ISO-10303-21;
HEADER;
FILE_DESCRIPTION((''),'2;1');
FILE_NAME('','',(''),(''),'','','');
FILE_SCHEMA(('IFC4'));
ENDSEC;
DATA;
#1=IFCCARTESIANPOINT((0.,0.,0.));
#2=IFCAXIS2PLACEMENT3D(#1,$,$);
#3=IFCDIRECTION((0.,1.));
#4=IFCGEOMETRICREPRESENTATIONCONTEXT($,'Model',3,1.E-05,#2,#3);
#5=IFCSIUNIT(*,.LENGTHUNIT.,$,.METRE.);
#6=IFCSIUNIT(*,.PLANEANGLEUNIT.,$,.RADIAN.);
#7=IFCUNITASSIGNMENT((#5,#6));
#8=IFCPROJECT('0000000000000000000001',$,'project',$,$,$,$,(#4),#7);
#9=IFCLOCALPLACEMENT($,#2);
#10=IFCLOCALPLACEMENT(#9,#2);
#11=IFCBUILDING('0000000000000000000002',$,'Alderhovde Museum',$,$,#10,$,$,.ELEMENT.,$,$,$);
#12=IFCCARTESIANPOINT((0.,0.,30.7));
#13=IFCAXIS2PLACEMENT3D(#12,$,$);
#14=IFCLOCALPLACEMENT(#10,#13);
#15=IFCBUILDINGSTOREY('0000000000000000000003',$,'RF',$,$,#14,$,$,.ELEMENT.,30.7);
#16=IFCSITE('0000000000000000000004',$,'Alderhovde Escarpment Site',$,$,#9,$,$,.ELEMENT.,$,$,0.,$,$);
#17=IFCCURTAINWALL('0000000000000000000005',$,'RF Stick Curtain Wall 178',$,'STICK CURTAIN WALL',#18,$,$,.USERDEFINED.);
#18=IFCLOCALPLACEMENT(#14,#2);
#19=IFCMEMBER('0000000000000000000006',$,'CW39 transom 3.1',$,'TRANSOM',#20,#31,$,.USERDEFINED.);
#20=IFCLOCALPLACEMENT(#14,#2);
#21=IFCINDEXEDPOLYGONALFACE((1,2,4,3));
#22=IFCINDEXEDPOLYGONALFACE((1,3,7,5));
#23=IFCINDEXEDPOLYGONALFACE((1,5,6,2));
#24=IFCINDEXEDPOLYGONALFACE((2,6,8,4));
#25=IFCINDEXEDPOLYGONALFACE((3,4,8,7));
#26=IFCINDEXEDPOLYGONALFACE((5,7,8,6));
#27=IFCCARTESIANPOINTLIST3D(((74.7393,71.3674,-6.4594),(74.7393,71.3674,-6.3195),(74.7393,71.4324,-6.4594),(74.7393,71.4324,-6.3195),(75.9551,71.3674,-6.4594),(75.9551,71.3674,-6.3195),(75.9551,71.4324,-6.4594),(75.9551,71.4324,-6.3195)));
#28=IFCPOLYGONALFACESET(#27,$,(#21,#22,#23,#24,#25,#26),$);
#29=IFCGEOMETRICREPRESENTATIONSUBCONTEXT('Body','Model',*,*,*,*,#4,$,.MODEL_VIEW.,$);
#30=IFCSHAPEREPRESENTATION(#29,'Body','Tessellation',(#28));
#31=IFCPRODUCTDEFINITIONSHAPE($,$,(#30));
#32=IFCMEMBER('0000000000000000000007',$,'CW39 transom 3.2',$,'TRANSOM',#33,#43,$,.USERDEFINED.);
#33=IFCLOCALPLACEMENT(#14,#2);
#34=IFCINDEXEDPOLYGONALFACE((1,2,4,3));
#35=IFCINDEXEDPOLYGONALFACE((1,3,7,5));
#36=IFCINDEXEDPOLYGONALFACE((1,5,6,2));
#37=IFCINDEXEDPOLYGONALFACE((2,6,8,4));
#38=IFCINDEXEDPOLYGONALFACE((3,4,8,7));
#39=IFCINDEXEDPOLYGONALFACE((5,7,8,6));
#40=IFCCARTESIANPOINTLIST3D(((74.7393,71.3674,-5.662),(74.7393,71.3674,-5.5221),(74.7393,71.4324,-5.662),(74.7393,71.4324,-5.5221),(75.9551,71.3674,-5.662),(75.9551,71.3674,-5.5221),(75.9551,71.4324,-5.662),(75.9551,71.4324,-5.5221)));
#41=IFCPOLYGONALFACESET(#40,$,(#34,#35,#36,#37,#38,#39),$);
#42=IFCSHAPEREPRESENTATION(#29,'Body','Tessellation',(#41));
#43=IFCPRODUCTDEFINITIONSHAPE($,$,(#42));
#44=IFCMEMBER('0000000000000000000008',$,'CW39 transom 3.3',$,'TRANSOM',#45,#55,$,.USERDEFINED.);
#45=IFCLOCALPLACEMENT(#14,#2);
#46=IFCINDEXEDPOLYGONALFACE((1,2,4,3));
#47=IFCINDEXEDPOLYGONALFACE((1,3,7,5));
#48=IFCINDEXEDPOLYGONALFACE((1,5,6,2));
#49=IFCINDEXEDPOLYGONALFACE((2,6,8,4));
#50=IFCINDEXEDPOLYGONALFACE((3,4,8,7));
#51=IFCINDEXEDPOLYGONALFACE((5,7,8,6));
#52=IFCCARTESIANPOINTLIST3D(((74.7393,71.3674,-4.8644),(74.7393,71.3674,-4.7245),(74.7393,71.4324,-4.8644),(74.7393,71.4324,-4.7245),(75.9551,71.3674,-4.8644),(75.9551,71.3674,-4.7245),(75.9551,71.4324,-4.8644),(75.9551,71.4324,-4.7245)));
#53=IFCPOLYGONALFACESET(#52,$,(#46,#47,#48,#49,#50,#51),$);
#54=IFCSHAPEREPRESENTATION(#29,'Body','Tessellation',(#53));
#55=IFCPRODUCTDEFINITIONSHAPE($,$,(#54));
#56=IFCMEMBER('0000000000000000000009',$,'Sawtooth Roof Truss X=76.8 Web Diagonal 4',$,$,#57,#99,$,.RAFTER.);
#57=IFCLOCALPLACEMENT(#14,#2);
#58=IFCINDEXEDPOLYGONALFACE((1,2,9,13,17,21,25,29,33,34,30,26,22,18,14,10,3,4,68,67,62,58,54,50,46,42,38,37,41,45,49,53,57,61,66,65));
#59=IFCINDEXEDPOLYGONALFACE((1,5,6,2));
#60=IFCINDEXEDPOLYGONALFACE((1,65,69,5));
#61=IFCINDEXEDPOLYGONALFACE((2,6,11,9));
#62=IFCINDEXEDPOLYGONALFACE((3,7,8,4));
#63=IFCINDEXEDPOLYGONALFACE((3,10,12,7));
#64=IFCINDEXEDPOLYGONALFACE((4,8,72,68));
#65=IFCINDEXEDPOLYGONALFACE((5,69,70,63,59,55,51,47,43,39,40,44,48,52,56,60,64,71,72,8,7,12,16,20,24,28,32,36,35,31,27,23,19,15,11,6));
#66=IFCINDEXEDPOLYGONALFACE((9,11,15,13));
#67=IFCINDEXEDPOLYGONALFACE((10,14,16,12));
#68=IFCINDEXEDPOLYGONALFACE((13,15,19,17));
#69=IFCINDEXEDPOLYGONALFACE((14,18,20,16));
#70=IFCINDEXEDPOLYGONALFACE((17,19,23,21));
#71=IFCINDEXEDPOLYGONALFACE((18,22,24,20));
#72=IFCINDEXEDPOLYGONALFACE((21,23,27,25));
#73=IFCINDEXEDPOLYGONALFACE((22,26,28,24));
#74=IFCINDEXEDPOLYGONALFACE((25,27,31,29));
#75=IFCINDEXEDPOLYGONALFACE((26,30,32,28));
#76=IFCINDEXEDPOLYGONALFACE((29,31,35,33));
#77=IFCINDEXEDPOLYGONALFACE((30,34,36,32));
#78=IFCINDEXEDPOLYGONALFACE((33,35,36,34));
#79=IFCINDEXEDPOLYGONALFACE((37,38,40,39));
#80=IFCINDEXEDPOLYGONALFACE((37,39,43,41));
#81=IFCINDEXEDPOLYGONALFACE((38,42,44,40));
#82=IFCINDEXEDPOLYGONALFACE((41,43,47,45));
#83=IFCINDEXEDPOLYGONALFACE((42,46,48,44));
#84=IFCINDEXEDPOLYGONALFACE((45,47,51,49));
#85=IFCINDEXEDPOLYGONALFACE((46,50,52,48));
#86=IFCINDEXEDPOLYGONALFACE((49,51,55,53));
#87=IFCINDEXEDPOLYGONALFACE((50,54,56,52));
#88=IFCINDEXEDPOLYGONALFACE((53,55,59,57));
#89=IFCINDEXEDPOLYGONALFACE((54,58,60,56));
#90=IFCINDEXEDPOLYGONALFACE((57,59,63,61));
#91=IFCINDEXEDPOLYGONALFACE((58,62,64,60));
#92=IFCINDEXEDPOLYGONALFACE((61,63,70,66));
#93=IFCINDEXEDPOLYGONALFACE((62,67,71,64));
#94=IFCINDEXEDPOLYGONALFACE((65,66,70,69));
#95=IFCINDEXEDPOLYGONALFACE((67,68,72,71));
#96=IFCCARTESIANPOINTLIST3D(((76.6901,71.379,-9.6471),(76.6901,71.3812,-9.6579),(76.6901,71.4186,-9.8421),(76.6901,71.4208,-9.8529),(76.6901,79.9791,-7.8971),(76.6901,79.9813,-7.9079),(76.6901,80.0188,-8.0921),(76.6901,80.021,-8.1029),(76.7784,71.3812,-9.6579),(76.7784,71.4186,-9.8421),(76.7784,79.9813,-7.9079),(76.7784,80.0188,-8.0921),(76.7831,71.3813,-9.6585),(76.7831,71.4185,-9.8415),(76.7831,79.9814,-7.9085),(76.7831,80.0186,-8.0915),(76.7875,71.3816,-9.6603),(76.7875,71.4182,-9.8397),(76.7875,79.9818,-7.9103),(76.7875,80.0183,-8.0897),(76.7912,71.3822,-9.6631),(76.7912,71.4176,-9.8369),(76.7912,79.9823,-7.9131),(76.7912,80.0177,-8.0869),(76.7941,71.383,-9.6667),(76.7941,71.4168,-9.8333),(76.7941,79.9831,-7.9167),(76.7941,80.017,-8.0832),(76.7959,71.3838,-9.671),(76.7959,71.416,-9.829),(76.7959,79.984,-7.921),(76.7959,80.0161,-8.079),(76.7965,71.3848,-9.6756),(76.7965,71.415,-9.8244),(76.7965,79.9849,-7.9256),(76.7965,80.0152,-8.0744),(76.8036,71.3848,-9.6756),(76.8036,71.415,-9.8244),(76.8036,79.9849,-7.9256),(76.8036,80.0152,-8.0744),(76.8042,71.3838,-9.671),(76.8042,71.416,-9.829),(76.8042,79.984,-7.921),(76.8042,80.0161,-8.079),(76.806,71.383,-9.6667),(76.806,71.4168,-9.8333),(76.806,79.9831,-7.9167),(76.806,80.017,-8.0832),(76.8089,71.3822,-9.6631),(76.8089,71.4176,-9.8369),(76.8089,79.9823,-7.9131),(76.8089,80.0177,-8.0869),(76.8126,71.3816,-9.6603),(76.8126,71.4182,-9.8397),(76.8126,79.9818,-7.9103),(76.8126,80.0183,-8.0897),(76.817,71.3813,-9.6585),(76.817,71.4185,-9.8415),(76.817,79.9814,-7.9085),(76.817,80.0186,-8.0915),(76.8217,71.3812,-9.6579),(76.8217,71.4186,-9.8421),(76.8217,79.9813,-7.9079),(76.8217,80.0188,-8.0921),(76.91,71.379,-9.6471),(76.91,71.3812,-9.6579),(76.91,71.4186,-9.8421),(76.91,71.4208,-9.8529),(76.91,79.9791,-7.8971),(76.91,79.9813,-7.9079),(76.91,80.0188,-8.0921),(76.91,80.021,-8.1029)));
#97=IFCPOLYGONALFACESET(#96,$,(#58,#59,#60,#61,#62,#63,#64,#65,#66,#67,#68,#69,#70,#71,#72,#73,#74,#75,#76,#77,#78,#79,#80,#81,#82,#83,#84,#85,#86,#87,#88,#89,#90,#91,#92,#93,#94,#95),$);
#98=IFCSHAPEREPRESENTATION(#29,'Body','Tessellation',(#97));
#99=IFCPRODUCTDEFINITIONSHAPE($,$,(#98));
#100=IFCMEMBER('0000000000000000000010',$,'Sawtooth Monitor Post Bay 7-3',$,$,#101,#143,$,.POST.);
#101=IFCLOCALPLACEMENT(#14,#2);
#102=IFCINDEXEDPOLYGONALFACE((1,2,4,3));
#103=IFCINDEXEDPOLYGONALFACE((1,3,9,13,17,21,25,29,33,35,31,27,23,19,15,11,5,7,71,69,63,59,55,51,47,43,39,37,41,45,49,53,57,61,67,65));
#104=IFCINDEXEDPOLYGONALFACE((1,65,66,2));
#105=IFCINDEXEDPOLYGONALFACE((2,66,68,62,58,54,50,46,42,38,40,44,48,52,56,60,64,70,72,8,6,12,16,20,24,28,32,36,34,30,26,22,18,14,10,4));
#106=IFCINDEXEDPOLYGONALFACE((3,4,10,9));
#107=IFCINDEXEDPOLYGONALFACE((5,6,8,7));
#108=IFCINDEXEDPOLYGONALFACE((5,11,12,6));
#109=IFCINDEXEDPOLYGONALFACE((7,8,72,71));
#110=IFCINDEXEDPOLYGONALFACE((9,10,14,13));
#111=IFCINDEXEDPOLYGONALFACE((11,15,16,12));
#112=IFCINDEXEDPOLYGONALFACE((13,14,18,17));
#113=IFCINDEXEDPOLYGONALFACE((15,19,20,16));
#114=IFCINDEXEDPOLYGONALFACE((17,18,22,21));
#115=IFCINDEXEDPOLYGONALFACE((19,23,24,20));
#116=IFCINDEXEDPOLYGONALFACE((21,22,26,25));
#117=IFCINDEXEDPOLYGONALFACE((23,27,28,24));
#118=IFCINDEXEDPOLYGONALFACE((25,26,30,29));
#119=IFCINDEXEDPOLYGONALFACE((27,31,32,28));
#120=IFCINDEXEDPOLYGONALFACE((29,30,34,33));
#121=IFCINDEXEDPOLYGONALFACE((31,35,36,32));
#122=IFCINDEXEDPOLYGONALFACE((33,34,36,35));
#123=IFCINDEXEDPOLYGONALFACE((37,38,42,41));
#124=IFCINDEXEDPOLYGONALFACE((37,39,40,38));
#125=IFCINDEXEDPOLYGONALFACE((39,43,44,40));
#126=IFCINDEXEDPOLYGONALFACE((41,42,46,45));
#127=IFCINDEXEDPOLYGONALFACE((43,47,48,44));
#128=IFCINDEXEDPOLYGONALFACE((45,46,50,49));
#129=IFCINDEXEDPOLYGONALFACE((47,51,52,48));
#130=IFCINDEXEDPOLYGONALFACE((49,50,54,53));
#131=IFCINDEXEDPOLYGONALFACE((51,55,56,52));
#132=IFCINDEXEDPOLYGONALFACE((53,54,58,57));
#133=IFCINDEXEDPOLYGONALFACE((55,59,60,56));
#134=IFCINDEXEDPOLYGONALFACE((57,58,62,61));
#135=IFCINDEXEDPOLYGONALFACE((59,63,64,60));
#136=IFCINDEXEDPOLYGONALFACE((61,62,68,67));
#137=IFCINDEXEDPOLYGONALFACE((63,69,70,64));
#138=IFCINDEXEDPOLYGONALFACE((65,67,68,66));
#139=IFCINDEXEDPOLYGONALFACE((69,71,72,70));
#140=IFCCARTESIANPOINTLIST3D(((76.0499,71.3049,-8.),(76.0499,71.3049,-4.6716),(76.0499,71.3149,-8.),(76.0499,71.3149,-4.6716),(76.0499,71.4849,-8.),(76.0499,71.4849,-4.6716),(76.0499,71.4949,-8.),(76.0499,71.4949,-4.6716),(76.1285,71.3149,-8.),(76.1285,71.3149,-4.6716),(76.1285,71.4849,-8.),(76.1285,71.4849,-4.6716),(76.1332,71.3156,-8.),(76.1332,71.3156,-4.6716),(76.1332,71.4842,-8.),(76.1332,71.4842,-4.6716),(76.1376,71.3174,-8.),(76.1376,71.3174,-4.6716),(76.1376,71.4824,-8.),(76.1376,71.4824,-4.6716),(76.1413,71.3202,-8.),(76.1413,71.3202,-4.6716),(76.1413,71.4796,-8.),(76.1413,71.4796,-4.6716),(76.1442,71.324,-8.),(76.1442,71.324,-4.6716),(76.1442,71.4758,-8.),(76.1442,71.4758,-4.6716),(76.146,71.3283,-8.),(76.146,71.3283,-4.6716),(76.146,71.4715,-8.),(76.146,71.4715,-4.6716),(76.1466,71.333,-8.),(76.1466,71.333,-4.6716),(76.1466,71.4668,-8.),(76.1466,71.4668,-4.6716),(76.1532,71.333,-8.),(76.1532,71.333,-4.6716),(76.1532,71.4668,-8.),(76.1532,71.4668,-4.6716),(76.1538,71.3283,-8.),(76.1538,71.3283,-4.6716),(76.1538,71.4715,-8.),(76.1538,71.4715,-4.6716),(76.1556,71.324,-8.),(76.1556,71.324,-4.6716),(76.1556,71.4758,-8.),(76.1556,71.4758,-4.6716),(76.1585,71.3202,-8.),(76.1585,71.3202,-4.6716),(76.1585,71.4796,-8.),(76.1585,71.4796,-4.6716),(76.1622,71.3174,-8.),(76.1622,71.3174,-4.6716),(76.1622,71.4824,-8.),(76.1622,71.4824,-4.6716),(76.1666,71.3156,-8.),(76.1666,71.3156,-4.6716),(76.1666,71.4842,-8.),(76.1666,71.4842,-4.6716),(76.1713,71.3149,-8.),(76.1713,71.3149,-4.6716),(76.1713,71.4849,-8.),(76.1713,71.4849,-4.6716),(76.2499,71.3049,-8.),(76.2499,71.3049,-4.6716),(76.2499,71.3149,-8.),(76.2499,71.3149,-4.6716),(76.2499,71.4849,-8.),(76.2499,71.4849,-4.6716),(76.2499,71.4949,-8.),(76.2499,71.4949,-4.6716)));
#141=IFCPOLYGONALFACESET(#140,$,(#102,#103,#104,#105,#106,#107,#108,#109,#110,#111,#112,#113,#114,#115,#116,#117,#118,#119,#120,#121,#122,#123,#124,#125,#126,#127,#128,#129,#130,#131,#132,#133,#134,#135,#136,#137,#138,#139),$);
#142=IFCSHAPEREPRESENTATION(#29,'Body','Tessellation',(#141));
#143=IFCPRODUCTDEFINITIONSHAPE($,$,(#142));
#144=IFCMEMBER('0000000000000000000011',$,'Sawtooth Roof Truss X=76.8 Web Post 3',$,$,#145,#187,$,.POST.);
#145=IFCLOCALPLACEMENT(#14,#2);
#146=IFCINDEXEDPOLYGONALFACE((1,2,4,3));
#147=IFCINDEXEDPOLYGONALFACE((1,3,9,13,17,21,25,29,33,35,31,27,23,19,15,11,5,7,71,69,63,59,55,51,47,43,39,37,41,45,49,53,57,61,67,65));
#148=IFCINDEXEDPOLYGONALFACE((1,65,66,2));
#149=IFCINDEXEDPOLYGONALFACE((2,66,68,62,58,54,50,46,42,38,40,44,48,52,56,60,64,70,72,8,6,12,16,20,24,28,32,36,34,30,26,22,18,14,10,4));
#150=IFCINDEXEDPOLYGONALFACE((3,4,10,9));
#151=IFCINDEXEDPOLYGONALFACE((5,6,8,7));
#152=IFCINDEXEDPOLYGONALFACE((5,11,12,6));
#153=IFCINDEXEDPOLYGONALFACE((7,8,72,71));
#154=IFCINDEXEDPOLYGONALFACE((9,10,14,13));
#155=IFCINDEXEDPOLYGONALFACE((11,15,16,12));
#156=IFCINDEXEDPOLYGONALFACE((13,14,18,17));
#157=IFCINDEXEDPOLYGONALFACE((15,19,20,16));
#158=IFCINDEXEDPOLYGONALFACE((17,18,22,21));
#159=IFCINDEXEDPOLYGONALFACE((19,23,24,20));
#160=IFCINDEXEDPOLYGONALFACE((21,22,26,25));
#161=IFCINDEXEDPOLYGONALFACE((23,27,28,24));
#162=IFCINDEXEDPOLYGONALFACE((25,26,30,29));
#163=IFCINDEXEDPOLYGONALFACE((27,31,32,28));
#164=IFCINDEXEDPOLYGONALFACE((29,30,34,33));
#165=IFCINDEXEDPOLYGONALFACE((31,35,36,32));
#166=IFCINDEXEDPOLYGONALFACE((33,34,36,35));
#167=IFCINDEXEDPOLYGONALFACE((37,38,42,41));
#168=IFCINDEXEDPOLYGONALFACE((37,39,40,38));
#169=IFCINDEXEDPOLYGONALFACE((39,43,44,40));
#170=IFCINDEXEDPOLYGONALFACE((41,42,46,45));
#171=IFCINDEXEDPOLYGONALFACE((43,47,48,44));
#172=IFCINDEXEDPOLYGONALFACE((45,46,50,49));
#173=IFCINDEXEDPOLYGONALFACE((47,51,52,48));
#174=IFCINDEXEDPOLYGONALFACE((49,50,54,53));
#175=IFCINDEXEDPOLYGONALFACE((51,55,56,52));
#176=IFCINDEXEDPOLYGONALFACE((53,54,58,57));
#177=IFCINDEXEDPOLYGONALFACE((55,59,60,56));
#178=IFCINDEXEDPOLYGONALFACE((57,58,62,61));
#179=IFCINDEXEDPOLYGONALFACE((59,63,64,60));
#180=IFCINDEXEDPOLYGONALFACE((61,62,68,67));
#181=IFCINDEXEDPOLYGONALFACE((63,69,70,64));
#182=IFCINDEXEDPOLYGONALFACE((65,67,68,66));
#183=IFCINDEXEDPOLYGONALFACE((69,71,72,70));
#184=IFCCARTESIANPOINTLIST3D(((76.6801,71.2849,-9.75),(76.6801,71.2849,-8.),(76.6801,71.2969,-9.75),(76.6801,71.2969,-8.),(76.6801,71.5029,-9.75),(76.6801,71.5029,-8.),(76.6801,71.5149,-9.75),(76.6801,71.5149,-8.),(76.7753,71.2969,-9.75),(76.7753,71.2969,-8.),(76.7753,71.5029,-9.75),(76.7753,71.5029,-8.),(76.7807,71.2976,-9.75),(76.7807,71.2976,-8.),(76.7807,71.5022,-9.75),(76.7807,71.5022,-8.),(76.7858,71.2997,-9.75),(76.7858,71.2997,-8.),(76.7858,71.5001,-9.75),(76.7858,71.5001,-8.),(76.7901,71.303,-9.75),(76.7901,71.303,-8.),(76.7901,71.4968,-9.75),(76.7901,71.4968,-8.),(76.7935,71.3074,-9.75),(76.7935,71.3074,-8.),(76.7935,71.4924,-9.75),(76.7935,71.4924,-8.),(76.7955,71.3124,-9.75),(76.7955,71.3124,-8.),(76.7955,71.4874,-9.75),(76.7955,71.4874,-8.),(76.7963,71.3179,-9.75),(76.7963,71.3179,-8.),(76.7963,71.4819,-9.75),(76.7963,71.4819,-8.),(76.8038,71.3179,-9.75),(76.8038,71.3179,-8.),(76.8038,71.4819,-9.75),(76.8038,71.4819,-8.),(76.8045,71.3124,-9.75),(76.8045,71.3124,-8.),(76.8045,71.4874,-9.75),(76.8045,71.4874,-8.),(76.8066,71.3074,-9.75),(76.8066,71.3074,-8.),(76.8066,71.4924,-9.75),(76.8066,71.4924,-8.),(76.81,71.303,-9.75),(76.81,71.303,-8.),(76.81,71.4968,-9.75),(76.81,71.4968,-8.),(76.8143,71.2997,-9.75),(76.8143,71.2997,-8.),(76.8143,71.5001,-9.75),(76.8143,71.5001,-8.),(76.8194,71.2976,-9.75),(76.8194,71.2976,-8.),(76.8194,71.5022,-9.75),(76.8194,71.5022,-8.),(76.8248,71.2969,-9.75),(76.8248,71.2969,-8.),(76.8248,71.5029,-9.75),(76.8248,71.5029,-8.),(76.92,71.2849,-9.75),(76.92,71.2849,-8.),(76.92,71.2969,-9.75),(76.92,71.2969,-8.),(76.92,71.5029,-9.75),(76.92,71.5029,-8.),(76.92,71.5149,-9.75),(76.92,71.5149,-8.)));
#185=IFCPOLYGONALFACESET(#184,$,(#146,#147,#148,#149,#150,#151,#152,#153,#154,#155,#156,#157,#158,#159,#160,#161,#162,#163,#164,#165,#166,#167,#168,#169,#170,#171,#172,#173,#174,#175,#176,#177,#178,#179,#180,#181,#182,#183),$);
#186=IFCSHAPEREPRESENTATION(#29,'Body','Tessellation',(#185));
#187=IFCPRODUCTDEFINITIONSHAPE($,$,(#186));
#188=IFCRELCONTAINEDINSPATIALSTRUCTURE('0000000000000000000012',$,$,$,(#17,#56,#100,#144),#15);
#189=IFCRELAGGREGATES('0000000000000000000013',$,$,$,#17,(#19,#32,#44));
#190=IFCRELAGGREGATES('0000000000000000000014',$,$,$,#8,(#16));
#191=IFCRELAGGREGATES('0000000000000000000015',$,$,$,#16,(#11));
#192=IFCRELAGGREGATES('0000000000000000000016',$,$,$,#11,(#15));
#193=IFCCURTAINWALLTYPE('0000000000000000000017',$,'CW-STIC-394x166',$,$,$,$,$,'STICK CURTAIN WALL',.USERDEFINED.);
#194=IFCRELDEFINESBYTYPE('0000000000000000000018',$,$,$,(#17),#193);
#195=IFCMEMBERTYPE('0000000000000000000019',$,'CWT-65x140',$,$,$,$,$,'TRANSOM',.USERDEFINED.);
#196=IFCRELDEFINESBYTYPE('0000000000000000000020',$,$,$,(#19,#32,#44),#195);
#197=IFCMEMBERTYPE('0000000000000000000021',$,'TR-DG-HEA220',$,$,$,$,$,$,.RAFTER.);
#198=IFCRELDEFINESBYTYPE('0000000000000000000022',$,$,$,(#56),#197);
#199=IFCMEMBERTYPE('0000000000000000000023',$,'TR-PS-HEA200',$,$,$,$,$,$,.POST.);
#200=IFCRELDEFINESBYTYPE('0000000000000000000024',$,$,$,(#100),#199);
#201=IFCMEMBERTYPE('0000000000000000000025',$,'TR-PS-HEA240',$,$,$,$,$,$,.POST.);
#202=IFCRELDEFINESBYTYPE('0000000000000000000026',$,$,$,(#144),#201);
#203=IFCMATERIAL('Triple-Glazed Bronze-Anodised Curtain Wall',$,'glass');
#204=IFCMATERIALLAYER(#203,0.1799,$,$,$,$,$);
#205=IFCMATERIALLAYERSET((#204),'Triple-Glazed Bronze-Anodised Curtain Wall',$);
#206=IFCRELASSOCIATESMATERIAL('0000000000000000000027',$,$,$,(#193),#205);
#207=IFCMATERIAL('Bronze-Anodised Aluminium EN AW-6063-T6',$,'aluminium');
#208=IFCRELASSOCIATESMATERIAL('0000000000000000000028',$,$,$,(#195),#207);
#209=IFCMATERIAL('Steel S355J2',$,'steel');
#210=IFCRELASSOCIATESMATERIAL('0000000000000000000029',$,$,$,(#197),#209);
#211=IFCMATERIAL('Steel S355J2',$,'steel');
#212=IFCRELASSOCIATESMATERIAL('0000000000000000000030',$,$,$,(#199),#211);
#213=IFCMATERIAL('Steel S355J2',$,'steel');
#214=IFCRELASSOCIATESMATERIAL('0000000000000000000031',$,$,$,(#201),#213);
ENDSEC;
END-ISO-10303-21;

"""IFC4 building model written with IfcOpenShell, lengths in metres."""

from ifc_helpers import new_model, si_unit, direction, frame, origin, origin_2d, place, context, subcontext, project, spatial, rectangle, i_section, extrude, material, layer, layer_set, material_profile, profile_set, type_object, element, aggregate, save


model = new_model("IFC4")

# Units and contexts
model_context = context("Model", 3, precision=1e-05, world=origin(), true_north=direction((0.0, 1.0)))
body_context = subcontext(model_context, "Body", "Model", "MODEL_VIEW")
ifc_project = project(units=[si_unit("LENGTHUNIT", "METRE"), si_unit("PLANEANGLEUNIT", "RADIAN")], contexts=[model_context])

# Site, building, storey
site_placement = place(None, origin())
site = spatial("IfcSite", under=ifc_project, at=site_placement, Name="Alderhovde Escarpment Site", CompositionType="ELEMENT", RefElevation=0.0)
building_placement = place(site_placement, origin())
building = spatial("IfcBuilding", under=site, at=building_placement, Name="Alderhovde Museum", CompositionType="ELEMENT")
storey_placement = place(building_placement, frame((0.0, 0.0, 30.7)))
storey = spatial("IfcBuildingStorey", under=building, at=storey_placement, Name="RF", CompositionType="ELEMENT", Elevation=30.7)

# Curtain wall
ifc_material_1 = material(Name="Triple-Glazed Bronze-Anodised Curtain Wall", Category="glass")
ifc_layer_1 = layer(ifc_material_1, 0.1799)
ifc_layer_set_1 = layer_set([ifc_layer_1], Name="Triple-Glazed Bronze-Anodised Curtain Wall")
curtain_wall_type = type_object("IfcCurtainWallType", Name="CW-STIC-394x166", ElementType="STICK CURTAIN WALL", PredefinedType="USERDEFINED", material=ifc_layer_set_1)
curtain_wall_1_placement = place(storey_placement, origin())
curtain_wall_1 = element("IfcCurtainWall", 1, at=curtain_wall_1_placement, inside=storey, type_object=curtain_wall_type, Name="RF Stick Curtain Wall 178", ObjectType="STICK CURTAIN WALL", PredefinedType="USERDEFINED")

# Members
ifc_material_2 = material(Name="Bronze-Anodised Aluminium EN AW-6063-T6", Category="aluminium")
ifc_material_profile_1 = material_profile(ifc_material_2, rectangle(XDim=0.0649, YDim=0.1399, at=origin_2d()), Name="TRANSOM 65x140")
ifc_profile_set_1 = profile_set([ifc_material_profile_1], Name="Bronze-Anodised Aluminium EN AW-6063-T6")
member_type_1 = type_object("IfcMemberType", Name="CWT-65x140", ElementType="TRANSOM", PredefinedType="USERDEFINED", material=ifc_profile_set_1)
member_1_placement = place(storey_placement, frame((74.7393, 71.3999, -6.3894), z_axis=(1.0, 0.0, 0.0), x_axis=(0.0, 1.0, 0.0)))
member_1 = element("IfcMember", 2, at=member_1_placement, type_object=member_type_1, Name="CW39 transom 3.1", ObjectType="TRANSOM", PredefinedType="USERDEFINED", context=body_context, shape_type="SweptSolid", body=[
    extrude(rectangle(XDim=0.0649, YDim=0.1399, at=origin_2d()), origin(), (0.0, 0.0, 1.0), 1.2158),
])
member_2_placement = place(storey_placement, frame((74.7393, 71.3999, -5.592), z_axis=(1.0, 0.0, 0.0), x_axis=(0.0, 1.0, 0.0)))
member_2 = element("IfcMember", 3, at=member_2_placement, type_object=member_type_1, Name="CW39 transom 3.2", ObjectType="TRANSOM", PredefinedType="USERDEFINED", context=body_context, shape_type="SweptSolid", body=[
    extrude(rectangle(XDim=0.0649, YDim=0.1399, at=origin_2d()), origin(), (0.0, 0.0, 1.0), 1.2158),
])
member_3_placement = place(storey_placement, frame((74.7393, 71.3999, -4.7944), z_axis=(1.0, 0.0, 0.0), x_axis=(0.0, 1.0, 0.0)))
member_3 = element("IfcMember", 4, at=member_3_placement, type_object=member_type_1, Name="CW39 transom 3.3", ObjectType="TRANSOM", PredefinedType="USERDEFINED", context=body_context, shape_type="SweptSolid", body=[
    extrude(rectangle(XDim=0.0649, YDim=0.1399, at=origin_2d()), origin(), (0.0, 0.0, 1.0), 1.2158),
])

# Members
ifc_material_3 = material(Name="Steel S355J2", Category="steel")
ifc_material_profile_2 = material_profile(ifc_material_3, i_section(OverallWidth=0.22, OverallDepth=0.21, WebThickness=0.0071, FlangeThickness=0.011, FilletRadius=0.0181, at=origin_2d()), Name="HEA 220")
ifc_profile_set_2 = profile_set([ifc_material_profile_2], Name="Steel S355J2")
member_type_2 = type_object("IfcMemberType", Name="TR-DG-HEA220", PredefinedType="RAFTER", material=ifc_profile_set_2)
member_4_placement = place(storey_placement, frame((76.8, 71.3999, -9.75), z_axis=(0.0, 0.979918, 0.1994), x_axis=(-1.0, 0.0, 0.0)))
element("IfcMember", 5, at=member_4_placement, inside=storey, type_object=member_type_2, Name="Sawtooth Roof Truss X=76.8 Web Diagonal 4", PredefinedType="RAFTER", context=body_context, shape_type="SweptSolid", body=[
    extrude(i_section(OverallWidth=0.22, OverallDepth=0.21, WebThickness=0.0071, FlangeThickness=0.011, FilletRadius=0.0181, at=origin_2d()), origin(), (0.0, 0.0, 1.0), 8.7764),
])
ifc_material_4 = material(Name="Steel S355J2", Category="steel")
ifc_material_profile_3 = material_profile(ifc_material_4, i_section(OverallWidth=0.2, OverallDepth=0.1899, WebThickness=0.0066, FlangeThickness=0.01, FilletRadius=0.0181, at=origin_2d()), Name="HEA 200")
ifc_profile_set_3 = profile_set([ifc_material_profile_3], Name="Steel S355J2")
member_type_3 = type_object("IfcMemberType", Name="TR-PS-HEA200", PredefinedType="POST", material=ifc_profile_set_3)
member_5_placement = place(storey_placement, frame((76.1499, 71.3999, -8.0), z_axis=(0.0, 0.0, 1.0), x_axis=(1.0, 0.0, 0.0)))
element("IfcMember", 6, at=member_5_placement, inside=storey, type_object=member_type_3, Name="Sawtooth Monitor Post Bay 7-3", PredefinedType="POST", context=body_context, shape_type="SweptSolid", body=[
    extrude(i_section(OverallWidth=0.2, OverallDepth=0.1899, WebThickness=0.0066, FlangeThickness=0.01, FilletRadius=0.0181, at=origin_2d()), origin(), (0.0, 0.0, 1.0), 3.3284),
])
ifc_material_5 = material(Name="Steel S355J2", Category="steel")
ifc_material_profile_4 = material_profile(ifc_material_5, i_section(OverallWidth=0.24, OverallDepth=0.23, WebThickness=0.0076, FlangeThickness=0.012, FilletRadius=0.021, at=origin_2d()), Name="HEA 240")
ifc_profile_set_4 = profile_set([ifc_material_profile_4], Name="Steel S355J2")
member_type_4 = type_object("IfcMemberType", Name="TR-PS-HEA240", PredefinedType="POST", material=ifc_profile_set_4)
member_6_placement = place(storey_placement, frame((76.8, 71.3999, -9.75), z_axis=(0.0, 0.0, 1.0), x_axis=(1.0, 0.0, 0.0)))
element("IfcMember", 7, at=member_6_placement, inside=storey, type_object=member_type_4, Name="Sawtooth Roof Truss X=76.8 Web Post 3", PredefinedType="POST", context=body_context, shape_type="SweptSolid", body=[
    extrude(i_section(OverallWidth=0.24, OverallDepth=0.23, WebThickness=0.0076, FlangeThickness=0.012, FilletRadius=0.021, at=origin_2d()), origin(), (0.0, 0.0, 1.0), 1.75),
])

aggregate(curtain_wall_1, [member_1, member_2, member_3])

save(model, "model.ifc")
